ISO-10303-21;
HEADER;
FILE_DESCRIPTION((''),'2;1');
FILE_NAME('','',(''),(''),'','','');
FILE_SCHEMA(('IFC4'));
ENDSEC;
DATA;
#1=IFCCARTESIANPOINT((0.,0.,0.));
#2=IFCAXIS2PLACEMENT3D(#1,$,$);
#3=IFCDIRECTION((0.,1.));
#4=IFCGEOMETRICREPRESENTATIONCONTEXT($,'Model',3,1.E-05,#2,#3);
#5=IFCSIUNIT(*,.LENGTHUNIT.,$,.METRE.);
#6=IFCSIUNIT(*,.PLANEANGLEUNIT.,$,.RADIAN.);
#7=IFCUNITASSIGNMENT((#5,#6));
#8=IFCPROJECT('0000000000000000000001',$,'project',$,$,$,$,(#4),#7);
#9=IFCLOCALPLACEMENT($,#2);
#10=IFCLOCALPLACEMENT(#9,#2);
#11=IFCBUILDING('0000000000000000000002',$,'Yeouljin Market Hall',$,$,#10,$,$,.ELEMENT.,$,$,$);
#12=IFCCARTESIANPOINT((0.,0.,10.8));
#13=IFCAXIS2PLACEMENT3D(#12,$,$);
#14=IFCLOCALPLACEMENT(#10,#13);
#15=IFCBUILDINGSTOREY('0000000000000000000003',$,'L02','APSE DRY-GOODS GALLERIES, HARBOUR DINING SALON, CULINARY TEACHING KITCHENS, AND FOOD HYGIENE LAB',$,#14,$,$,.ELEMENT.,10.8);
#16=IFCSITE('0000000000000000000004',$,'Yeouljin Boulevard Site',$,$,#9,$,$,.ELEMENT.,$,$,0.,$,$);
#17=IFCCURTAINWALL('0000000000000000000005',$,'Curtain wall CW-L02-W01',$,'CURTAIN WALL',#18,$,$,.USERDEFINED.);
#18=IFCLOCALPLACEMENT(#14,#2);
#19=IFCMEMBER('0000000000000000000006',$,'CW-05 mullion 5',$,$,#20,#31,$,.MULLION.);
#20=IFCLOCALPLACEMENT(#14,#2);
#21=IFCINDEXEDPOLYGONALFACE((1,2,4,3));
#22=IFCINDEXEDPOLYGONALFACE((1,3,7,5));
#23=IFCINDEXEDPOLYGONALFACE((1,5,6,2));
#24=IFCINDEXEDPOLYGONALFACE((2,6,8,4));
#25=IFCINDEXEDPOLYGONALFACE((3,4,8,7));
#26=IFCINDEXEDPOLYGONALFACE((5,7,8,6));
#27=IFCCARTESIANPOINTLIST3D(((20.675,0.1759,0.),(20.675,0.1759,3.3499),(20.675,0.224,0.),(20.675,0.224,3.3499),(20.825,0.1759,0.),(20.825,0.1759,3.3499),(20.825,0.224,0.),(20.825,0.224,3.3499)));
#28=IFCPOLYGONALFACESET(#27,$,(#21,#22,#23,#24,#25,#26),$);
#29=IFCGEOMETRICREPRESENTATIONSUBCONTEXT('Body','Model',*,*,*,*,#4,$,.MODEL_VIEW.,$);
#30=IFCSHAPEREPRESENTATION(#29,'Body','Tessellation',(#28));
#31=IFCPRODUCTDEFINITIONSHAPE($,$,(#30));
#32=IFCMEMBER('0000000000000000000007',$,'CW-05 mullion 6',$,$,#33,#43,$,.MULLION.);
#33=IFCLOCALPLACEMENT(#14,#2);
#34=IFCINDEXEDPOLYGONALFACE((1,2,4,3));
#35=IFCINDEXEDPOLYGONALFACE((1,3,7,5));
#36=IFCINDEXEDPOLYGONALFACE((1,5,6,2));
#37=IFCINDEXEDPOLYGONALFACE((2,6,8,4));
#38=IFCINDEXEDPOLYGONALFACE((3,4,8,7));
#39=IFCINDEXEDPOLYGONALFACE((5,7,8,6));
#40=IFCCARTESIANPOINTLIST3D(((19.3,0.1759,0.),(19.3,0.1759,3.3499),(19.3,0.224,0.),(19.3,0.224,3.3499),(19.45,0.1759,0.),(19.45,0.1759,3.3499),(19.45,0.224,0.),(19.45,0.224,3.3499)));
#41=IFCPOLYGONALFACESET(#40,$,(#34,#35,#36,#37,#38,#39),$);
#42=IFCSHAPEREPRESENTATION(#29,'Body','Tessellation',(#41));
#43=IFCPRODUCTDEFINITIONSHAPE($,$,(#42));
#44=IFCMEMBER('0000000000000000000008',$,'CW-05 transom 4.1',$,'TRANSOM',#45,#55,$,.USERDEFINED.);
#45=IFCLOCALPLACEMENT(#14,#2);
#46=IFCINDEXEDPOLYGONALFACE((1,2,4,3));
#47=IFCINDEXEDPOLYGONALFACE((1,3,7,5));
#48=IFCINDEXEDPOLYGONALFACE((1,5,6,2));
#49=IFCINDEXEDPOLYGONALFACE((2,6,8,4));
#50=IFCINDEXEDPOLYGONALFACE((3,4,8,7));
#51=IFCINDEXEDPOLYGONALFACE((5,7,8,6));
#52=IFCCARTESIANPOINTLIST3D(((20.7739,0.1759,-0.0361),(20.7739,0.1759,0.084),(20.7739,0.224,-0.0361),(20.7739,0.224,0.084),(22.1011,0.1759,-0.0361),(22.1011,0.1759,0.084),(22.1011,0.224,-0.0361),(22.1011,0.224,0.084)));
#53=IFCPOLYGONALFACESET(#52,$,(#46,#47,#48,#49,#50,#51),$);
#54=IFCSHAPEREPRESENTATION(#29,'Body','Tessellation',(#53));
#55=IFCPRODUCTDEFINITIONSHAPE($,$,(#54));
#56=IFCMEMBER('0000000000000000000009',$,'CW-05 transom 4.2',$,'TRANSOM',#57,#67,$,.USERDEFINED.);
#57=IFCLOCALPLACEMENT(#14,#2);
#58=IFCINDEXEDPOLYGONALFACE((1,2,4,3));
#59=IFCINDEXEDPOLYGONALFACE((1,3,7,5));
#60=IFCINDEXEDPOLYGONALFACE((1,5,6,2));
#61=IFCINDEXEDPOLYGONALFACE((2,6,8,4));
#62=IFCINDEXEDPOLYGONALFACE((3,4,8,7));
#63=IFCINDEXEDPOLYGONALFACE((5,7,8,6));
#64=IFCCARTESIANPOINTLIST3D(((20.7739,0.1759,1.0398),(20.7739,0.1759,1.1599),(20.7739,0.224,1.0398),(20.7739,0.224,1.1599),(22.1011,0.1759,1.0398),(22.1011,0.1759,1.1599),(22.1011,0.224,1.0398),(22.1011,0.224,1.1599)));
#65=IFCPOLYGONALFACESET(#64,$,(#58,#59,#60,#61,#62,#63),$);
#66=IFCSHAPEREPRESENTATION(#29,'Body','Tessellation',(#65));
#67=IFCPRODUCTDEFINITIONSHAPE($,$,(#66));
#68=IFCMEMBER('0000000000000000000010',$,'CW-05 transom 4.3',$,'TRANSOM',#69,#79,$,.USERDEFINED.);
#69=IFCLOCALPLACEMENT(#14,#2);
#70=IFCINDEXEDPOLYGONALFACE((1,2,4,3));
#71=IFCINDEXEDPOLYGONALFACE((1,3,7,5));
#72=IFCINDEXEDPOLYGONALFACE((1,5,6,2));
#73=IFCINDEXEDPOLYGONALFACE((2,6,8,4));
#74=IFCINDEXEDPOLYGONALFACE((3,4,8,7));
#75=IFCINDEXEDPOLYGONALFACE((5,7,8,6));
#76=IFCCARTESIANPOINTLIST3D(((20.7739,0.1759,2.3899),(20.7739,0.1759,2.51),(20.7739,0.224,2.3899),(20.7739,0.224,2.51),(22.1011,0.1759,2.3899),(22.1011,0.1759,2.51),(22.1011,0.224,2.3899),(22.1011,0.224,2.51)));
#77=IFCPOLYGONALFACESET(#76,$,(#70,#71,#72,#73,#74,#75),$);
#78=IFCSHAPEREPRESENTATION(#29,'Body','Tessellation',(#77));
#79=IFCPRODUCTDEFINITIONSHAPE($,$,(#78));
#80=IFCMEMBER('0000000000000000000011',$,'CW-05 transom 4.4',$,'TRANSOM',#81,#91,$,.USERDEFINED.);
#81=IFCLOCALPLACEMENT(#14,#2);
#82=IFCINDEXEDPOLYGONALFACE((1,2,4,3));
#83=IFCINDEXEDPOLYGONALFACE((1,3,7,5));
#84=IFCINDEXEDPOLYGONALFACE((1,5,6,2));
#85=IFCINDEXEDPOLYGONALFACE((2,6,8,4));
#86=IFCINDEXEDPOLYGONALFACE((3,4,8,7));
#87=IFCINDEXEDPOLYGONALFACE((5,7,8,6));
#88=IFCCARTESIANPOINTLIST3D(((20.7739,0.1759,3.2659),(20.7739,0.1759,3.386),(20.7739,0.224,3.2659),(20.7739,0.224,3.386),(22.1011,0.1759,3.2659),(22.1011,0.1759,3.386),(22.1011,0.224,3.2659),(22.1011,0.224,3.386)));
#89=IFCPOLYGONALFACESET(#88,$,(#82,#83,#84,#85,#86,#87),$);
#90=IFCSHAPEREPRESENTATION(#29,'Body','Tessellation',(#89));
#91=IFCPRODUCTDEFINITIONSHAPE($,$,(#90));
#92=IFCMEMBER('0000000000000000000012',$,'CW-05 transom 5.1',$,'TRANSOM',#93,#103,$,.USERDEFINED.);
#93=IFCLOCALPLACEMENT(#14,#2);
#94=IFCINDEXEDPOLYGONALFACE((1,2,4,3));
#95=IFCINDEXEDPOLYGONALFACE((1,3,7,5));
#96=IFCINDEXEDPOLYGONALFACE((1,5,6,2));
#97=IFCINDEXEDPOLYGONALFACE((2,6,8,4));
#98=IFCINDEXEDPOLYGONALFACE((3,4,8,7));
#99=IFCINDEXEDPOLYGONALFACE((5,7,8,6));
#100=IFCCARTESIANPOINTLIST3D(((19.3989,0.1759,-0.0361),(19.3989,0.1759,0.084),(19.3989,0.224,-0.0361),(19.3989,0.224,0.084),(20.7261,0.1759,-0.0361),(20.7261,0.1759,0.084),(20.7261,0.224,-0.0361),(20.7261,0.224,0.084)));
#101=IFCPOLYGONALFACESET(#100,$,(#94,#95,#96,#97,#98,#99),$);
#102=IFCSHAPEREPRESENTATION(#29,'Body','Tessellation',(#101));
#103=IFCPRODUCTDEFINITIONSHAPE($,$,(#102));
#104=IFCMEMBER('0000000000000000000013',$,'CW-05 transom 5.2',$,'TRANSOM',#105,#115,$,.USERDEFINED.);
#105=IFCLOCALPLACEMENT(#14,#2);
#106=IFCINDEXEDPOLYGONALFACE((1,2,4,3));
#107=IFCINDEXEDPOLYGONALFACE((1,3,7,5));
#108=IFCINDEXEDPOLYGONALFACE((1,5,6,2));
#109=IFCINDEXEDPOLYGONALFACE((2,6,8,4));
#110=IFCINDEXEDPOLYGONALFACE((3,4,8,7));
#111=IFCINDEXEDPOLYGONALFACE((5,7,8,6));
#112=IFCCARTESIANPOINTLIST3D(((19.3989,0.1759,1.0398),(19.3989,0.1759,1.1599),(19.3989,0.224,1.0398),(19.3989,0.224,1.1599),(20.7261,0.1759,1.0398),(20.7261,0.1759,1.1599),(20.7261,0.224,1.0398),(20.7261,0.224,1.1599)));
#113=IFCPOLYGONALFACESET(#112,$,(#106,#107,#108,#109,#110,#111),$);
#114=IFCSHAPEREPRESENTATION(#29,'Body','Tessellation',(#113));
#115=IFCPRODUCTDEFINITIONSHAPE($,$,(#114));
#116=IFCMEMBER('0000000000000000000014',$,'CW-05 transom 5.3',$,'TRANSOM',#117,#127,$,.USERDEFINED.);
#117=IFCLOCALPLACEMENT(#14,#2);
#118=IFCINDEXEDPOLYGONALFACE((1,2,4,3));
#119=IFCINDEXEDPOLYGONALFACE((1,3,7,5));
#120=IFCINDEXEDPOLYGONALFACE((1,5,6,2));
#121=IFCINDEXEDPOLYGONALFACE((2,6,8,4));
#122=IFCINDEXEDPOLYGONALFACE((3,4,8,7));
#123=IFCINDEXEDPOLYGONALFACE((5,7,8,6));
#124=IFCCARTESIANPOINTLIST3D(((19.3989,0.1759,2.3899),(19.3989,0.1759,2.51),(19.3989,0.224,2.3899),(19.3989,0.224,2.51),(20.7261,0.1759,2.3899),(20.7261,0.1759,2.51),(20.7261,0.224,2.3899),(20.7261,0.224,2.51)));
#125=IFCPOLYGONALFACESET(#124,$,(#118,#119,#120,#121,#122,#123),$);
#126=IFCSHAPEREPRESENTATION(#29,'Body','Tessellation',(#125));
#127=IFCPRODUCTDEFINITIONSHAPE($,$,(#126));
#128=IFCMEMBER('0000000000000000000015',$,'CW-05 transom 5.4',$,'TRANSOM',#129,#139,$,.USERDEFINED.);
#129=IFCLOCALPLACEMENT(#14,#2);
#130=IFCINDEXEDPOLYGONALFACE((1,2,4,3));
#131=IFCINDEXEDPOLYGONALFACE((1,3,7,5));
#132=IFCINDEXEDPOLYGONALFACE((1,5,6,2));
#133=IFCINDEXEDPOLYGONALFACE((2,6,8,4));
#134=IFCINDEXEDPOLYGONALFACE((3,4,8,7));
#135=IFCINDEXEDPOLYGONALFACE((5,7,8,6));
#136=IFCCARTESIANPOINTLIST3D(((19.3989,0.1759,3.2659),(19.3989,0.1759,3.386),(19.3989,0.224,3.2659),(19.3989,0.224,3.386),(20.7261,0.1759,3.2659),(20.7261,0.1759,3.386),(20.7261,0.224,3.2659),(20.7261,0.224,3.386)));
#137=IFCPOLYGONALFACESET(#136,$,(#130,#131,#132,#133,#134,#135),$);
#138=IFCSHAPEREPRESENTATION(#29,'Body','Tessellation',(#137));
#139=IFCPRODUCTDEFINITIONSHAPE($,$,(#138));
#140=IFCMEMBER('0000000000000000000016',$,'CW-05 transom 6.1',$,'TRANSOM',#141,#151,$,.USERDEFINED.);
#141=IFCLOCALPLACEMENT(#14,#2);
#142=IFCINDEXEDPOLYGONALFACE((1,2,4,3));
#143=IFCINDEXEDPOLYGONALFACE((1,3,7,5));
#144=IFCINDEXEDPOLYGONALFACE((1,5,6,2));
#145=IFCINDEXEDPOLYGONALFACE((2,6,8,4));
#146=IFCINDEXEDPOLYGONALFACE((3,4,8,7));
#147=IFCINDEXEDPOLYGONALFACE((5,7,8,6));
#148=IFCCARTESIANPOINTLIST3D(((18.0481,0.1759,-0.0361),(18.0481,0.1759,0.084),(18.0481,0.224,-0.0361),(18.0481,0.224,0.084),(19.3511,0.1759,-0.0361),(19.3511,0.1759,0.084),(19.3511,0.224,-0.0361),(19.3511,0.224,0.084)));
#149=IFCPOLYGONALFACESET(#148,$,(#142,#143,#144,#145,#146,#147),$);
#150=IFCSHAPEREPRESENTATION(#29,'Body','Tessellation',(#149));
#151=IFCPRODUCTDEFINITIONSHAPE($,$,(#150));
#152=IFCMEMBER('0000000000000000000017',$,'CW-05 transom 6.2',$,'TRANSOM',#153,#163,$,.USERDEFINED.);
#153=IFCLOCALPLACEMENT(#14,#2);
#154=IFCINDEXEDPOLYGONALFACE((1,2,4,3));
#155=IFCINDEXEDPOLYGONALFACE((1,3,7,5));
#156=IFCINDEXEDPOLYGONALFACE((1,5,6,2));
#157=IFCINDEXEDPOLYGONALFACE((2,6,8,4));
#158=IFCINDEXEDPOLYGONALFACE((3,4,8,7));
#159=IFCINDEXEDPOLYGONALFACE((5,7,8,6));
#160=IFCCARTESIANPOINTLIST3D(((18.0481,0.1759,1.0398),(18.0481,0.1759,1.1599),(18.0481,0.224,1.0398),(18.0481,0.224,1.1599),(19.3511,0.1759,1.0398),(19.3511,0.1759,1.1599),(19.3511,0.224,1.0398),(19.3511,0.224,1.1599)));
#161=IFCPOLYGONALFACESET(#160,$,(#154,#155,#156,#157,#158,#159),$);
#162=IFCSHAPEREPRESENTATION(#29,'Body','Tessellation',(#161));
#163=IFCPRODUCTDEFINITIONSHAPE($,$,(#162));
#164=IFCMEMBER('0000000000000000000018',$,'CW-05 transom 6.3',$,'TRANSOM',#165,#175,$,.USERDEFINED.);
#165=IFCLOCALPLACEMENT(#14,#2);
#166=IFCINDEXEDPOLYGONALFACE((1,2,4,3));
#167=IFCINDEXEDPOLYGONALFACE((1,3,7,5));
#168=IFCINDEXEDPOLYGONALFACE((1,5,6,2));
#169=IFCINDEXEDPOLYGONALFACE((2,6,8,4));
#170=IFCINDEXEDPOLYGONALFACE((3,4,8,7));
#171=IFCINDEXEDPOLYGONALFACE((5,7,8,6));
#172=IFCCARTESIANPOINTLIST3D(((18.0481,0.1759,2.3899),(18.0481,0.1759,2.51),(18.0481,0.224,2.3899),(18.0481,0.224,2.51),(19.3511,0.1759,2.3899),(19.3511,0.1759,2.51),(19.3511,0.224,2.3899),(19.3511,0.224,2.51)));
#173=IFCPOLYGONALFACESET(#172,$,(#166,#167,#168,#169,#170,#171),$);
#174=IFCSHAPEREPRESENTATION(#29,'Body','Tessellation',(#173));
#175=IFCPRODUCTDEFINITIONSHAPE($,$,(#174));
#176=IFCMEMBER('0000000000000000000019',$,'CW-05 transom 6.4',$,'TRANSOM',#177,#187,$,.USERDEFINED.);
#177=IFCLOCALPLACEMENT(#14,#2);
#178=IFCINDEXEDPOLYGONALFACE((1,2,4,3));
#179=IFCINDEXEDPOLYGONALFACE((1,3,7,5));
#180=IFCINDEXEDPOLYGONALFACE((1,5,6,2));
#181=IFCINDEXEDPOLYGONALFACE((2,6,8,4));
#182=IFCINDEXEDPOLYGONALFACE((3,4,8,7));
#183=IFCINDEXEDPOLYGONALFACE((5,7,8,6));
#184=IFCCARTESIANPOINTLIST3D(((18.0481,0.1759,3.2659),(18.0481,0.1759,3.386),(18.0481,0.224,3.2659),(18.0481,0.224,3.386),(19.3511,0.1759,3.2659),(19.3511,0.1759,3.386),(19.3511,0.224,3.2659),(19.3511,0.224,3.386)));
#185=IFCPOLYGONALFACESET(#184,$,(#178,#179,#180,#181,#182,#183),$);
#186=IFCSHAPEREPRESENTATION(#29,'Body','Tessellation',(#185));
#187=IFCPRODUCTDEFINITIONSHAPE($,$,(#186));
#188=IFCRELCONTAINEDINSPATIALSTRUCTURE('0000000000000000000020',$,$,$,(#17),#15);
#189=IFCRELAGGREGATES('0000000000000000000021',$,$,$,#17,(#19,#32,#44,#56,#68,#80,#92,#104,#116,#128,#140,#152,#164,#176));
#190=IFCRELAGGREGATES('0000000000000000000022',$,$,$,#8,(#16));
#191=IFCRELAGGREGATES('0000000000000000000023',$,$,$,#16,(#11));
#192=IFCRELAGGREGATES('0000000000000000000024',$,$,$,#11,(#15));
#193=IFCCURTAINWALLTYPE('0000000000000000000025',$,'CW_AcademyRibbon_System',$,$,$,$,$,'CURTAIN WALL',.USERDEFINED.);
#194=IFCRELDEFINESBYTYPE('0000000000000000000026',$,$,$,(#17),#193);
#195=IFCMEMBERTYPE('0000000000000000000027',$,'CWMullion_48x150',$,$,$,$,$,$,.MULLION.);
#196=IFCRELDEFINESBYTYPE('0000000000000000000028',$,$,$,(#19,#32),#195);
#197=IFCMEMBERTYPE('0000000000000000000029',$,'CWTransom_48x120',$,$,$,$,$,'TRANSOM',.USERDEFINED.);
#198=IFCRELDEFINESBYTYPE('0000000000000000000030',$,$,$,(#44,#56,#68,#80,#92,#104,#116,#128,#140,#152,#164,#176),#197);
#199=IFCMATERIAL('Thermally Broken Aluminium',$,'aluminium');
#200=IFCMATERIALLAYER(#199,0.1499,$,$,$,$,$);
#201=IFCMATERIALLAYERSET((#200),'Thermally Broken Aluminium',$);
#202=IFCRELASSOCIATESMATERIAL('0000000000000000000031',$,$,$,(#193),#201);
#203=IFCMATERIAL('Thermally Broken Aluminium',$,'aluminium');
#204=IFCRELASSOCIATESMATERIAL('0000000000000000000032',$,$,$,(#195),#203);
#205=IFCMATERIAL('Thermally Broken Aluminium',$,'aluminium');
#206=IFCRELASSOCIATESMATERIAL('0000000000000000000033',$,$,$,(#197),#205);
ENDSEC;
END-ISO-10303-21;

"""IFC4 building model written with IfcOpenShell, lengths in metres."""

from ifc_helpers import new_model, si_unit, direction, frame, origin, origin_2d, place, context, subcontext, project, spatial, rectangle, extrude, material, layer, layer_set, material_profile, profile_set, type_object, element, aggregate, save


model = new_model("IFC4")

# Units and contexts
model_context = context("Model", 3, precision=1e-05, world=origin(), true_north=direction((0.0, 1.0)))
body_context = subcontext(model_context, "Body", "Model", "MODEL_VIEW")
ifc_project = project(units=[si_unit("LENGTHUNIT", "METRE"), si_unit("PLANEANGLEUNIT", "RADIAN")], contexts=[model_context])

# Site, building, storey
site_placement = place(None, origin())
site = spatial("IfcSite", under=ifc_project, at=site_placement, Name="Yeouljin Boulevard Site", CompositionType="ELEMENT", RefElevation=0.0)
building_placement = place(site_placement, origin())
building = spatial("IfcBuilding", under=site, at=building_placement, Name="Yeouljin Market Hall", CompositionType="ELEMENT")
storey_placement = place(building_placement, frame((0.0, 0.0, 10.8)))
storey = spatial("IfcBuildingStorey", under=building, at=storey_placement, Name="L02", Description="APSE DRY-GOODS GALLERIES, HARBOUR DINING SALON, CULINARY TEACHING KITCHENS, AND FOOD HYGIENE LAB", CompositionType="ELEMENT", Elevation=10.8)

# Curtain wall, members
ifc_material_1 = material(Name="Thermally Broken Aluminium", Category="aluminium")
ifc_layer_1 = layer(ifc_material_1, 0.1499)
ifc_layer_set_1 = layer_set([ifc_layer_1], Name="Thermally Broken Aluminium")
curtain_wall_type = type_object("IfcCurtainWallType", Name="CW_AcademyRibbon_System", ElementType="CURTAIN WALL", PredefinedType="USERDEFINED", material=ifc_layer_set_1)
curtain_wall_placement = place(storey_placement, origin())
curtain_wall = element("IfcCurtainWall", 1, at=curtain_wall_placement, inside=storey, type_object=curtain_wall_type, Name="Curtain wall CW-L02-W01", ObjectType="CURTAIN WALL", PredefinedType="USERDEFINED")
ifc_material_2 = material(Name="Thermally Broken Aluminium", Category="aluminium")
ifc_material_profile_1 = material_profile(ifc_material_2, rectangle(XDim=0.0481, YDim=0.1499, at=origin_2d()), Name="CW-MULL-48x150")
ifc_profile_set_1 = profile_set([ifc_material_profile_1], Name="Thermally Broken Aluminium")
member_type_1 = type_object("IfcMemberType", Name="CWMullion_48x150", PredefinedType="MULLION", material=ifc_profile_set_1)
member_1_placement = place(storey_placement, frame((20.75, 0.2, 0.0), z_axis=(0.0, 0.0, 1.0), x_axis=(0.0, -1.0, 0.0)))
member_1 = element("IfcMember", 2, at=member_1_placement, type_object=member_type_1, Name="CW-05 mullion 5", PredefinedType="MULLION", context=body_context, shape_type="SweptSolid", body=[
    extrude(rectangle(XDim=0.0481, YDim=0.1499, at=origin_2d()), origin(), (0.0, 0.0, 1.0), 3.3499),
])
member_2_placement = place(storey_placement, frame((19.375, 0.2, 0.0), z_axis=(0.0, 0.0, 1.0), x_axis=(0.0, -1.0, 0.0)))
member_2 = element("IfcMember", 3, at=member_2_placement, type_object=member_type_1, Name="CW-05 mullion 6", PredefinedType="MULLION", context=body_context, shape_type="SweptSolid", body=[
    extrude(rectangle(XDim=0.0481, YDim=0.1499, at=origin_2d()), origin(), (0.0, 0.0, 1.0), 3.3499),
])
ifc_material_3 = material(Name="Thermally Broken Aluminium", Category="aluminium")
ifc_material_profile_2 = material_profile(ifc_material_3, rectangle(XDim=0.0481, YDim=0.1201, at=origin_2d()), Name="CW-TRAN-48x120")
ifc_profile_set_2 = profile_set([ifc_material_profile_2], Name="Thermally Broken Aluminium")
member_type_2 = type_object("IfcMemberType", Name="CWTransom_48x120", ElementType="TRANSOM", PredefinedType="USERDEFINED", material=ifc_profile_set_2)
member_3_placement = place(storey_placement, frame((22.1011, 0.2, 0.0239), z_axis=(-1.0, 0.0, 0.0), x_axis=(0.0, -1.0, 0.0)))
member_3 = element("IfcMember", 4, at=member_3_placement, type_object=member_type_2, Name="CW-05 transom 4.1", ObjectType="TRANSOM", PredefinedType="USERDEFINED", context=body_context, shape_type="SweptSolid", body=[
    extrude(rectangle(XDim=0.0481, YDim=0.1201, at=origin_2d()), origin(), (0.0, 0.0, 1.0), 1.3271),
])
member_4_placement = place(storey_placement, frame((22.1011, 0.2, 1.0999), z_axis=(-1.0, 0.0, 0.0), x_axis=(0.0, -1.0, 0.0)))
member_4 = element("IfcMember", 5, at=member_4_placement, type_object=member_type_2, Name="CW-05 transom 4.2", ObjectType="TRANSOM", PredefinedType="USERDEFINED", context=body_context, shape_type="SweptSolid", body=[
    extrude(rectangle(XDim=0.0481, YDim=0.1201, at=origin_2d()), origin(), (0.0, 0.0, 1.0), 1.3271),
])
member_5_placement = place(storey_placement, frame((22.1011, 0.2, 2.45), z_axis=(-1.0, 0.0, 0.0), x_axis=(0.0, -1.0, 0.0)))
member_5 = element("IfcMember", 6, at=member_5_placement, type_object=member_type_2, Name="CW-05 transom 4.3", ObjectType="TRANSOM", PredefinedType="USERDEFINED", context=body_context, shape_type="SweptSolid", body=[
    extrude(rectangle(XDim=0.0481, YDim=0.1201, at=origin_2d()), origin(), (0.0, 0.0, 1.0), 1.3271),
])
member_6_placement = place(storey_placement, frame((22.1011, 0.2, 3.3259), z_axis=(-1.0, 0.0, 0.0), x_axis=(0.0, -1.0, 0.0)))
member_6 = element("IfcMember", 7, at=member_6_placement, type_object=member_type_2, Name="CW-05 transom 4.4", ObjectType="TRANSOM", PredefinedType="USERDEFINED", context=body_context, shape_type="SweptSolid", body=[
    extrude(rectangle(XDim=0.0481, YDim=0.1201, at=origin_2d()), origin(), (0.0, 0.0, 1.0), 1.3271),
])
member_7_placement = place(storey_placement, frame((20.7261, 0.2, 0.0239), z_axis=(-1.0, 0.0, 0.0), x_axis=(0.0, -1.0, 0.0)))
member_7 = element("IfcMember", 8, at=member_7_placement, type_object=member_type_2, Name="CW-05 transom 5.1", ObjectType="TRANSOM", PredefinedType="USERDEFINED", context=body_context, shape_type="SweptSolid", body=[
    extrude(rectangle(XDim=0.0481, YDim=0.1201, at=origin_2d()), origin(), (0.0, 0.0, 1.0), 1.3271),
])
member_8_placement = place(storey_placement, frame((20.7261, 0.2, 1.0999), z_axis=(-1.0, 0.0, 0.0), x_axis=(0.0, -1.0, 0.0)))
member_8 = element("IfcMember", 9, at=member_8_placement, type_object=member_type_2, Name="CW-05 transom 5.2", ObjectType="TRANSOM", PredefinedType="USERDEFINED", context=body_context, shape_type="SweptSolid", body=[
    extrude(rectangle(XDim=0.0481, YDim=0.1201, at=origin_2d()), origin(), (0.0, 0.0, 1.0), 1.3271),
])
member_9_placement = place(storey_placement, frame((20.7261, 0.2, 2.45), z_axis=(-1.0, 0.0, 0.0), x_axis=(0.0, -1.0, 0.0)))
member_9 = element("IfcMember", 10, at=member_9_placement, type_object=member_type_2, Name="CW-05 transom 5.3", ObjectType="TRANSOM", PredefinedType="USERDEFINED", context=body_context, shape_type="SweptSolid", body=[
    extrude(rectangle(XDim=0.0481, YDim=0.1201, at=origin_2d()), origin(), (0.0, 0.0, 1.0), 1.3271),
])
member_10_placement = place(storey_placement, frame((20.7261, 0.2, 3.3259), z_axis=(-1.0, 0.0, 0.0), x_axis=(0.0, -1.0, 0.0)))
member_10 = element("IfcMember", 11, at=member_10_placement, type_object=member_type_2, Name="CW-05 transom 5.4", ObjectType="TRANSOM", PredefinedType="USERDEFINED", context=body_context, shape_type="SweptSolid", body=[
    extrude(rectangle(XDim=0.0481, YDim=0.1201, at=origin_2d()), origin(), (0.0, 0.0, 1.0), 1.3271),
])
member_11_placement = place(storey_placement, frame((19.3511, 0.2, 0.0239), z_axis=(-1.0, 0.0, 0.0), x_axis=(0.0, -1.0, 0.0)))
member_11 = element("IfcMember", 12, at=member_11_placement, type_object=member_type_2, Name="CW-05 transom 6.1", ObjectType="TRANSOM", PredefinedType="USERDEFINED", context=body_context, shape_type="SweptSolid", body=[
    extrude(rectangle(XDim=0.0481, YDim=0.1201, at=origin_2d()), origin(), (0.0, 0.0, 1.0), 1.303),
])
member_12_placement = place(storey_placement, frame((19.3511, 0.2, 1.0999), z_axis=(-1.0, 0.0, 0.0), x_axis=(0.0, -1.0, 0.0)))
member_12 = element("IfcMember", 13, at=member_12_placement, type_object=member_type_2, Name="CW-05 transom 6.2", ObjectType="TRANSOM", PredefinedType="USERDEFINED", context=body_context, shape_type="SweptSolid", body=[
    extrude(rectangle(XDim=0.0481, YDim=0.1201, at=origin_2d()), origin(), (0.0, 0.0, 1.0), 1.303),
])
member_13_placement = place(storey_placement, frame((19.3511, 0.2, 2.45), z_axis=(-1.0, 0.0, 0.0), x_axis=(0.0, -1.0, 0.0)))
member_13 = element("IfcMember", 14, at=member_13_placement, type_object=member_type_2, Name="CW-05 transom 6.3", ObjectType="TRANSOM", PredefinedType="USERDEFINED", context=body_context, shape_type="SweptSolid", body=[
    extrude(rectangle(XDim=0.0481, YDim=0.1201, at=origin_2d()), origin(), (0.0, 0.0, 1.0), 1.303),
])
member_14_placement = place(storey_placement, frame((19.3511, 0.2, 3.3259), z_axis=(-1.0, 0.0, 0.0), x_axis=(0.0, -1.0, 0.0)))
member_14 = element("IfcMember", 15, at=member_14_placement, type_object=member_type_2, Name="CW-05 transom 6.4", ObjectType="TRANSOM", PredefinedType="USERDEFINED", context=body_context, shape_type="SweptSolid", body=[
    extrude(rectangle(XDim=0.0481, YDim=0.1201, at=origin_2d()), origin(), (0.0, 0.0, 1.0), 1.303),
])

aggregate(curtain_wall, [member_1, member_2, member_3, member_4, member_5, member_6, member_7, member_8, member_9, member_10, member_11, member_12, member_13, member_14])

save(model, "model.ifc")
